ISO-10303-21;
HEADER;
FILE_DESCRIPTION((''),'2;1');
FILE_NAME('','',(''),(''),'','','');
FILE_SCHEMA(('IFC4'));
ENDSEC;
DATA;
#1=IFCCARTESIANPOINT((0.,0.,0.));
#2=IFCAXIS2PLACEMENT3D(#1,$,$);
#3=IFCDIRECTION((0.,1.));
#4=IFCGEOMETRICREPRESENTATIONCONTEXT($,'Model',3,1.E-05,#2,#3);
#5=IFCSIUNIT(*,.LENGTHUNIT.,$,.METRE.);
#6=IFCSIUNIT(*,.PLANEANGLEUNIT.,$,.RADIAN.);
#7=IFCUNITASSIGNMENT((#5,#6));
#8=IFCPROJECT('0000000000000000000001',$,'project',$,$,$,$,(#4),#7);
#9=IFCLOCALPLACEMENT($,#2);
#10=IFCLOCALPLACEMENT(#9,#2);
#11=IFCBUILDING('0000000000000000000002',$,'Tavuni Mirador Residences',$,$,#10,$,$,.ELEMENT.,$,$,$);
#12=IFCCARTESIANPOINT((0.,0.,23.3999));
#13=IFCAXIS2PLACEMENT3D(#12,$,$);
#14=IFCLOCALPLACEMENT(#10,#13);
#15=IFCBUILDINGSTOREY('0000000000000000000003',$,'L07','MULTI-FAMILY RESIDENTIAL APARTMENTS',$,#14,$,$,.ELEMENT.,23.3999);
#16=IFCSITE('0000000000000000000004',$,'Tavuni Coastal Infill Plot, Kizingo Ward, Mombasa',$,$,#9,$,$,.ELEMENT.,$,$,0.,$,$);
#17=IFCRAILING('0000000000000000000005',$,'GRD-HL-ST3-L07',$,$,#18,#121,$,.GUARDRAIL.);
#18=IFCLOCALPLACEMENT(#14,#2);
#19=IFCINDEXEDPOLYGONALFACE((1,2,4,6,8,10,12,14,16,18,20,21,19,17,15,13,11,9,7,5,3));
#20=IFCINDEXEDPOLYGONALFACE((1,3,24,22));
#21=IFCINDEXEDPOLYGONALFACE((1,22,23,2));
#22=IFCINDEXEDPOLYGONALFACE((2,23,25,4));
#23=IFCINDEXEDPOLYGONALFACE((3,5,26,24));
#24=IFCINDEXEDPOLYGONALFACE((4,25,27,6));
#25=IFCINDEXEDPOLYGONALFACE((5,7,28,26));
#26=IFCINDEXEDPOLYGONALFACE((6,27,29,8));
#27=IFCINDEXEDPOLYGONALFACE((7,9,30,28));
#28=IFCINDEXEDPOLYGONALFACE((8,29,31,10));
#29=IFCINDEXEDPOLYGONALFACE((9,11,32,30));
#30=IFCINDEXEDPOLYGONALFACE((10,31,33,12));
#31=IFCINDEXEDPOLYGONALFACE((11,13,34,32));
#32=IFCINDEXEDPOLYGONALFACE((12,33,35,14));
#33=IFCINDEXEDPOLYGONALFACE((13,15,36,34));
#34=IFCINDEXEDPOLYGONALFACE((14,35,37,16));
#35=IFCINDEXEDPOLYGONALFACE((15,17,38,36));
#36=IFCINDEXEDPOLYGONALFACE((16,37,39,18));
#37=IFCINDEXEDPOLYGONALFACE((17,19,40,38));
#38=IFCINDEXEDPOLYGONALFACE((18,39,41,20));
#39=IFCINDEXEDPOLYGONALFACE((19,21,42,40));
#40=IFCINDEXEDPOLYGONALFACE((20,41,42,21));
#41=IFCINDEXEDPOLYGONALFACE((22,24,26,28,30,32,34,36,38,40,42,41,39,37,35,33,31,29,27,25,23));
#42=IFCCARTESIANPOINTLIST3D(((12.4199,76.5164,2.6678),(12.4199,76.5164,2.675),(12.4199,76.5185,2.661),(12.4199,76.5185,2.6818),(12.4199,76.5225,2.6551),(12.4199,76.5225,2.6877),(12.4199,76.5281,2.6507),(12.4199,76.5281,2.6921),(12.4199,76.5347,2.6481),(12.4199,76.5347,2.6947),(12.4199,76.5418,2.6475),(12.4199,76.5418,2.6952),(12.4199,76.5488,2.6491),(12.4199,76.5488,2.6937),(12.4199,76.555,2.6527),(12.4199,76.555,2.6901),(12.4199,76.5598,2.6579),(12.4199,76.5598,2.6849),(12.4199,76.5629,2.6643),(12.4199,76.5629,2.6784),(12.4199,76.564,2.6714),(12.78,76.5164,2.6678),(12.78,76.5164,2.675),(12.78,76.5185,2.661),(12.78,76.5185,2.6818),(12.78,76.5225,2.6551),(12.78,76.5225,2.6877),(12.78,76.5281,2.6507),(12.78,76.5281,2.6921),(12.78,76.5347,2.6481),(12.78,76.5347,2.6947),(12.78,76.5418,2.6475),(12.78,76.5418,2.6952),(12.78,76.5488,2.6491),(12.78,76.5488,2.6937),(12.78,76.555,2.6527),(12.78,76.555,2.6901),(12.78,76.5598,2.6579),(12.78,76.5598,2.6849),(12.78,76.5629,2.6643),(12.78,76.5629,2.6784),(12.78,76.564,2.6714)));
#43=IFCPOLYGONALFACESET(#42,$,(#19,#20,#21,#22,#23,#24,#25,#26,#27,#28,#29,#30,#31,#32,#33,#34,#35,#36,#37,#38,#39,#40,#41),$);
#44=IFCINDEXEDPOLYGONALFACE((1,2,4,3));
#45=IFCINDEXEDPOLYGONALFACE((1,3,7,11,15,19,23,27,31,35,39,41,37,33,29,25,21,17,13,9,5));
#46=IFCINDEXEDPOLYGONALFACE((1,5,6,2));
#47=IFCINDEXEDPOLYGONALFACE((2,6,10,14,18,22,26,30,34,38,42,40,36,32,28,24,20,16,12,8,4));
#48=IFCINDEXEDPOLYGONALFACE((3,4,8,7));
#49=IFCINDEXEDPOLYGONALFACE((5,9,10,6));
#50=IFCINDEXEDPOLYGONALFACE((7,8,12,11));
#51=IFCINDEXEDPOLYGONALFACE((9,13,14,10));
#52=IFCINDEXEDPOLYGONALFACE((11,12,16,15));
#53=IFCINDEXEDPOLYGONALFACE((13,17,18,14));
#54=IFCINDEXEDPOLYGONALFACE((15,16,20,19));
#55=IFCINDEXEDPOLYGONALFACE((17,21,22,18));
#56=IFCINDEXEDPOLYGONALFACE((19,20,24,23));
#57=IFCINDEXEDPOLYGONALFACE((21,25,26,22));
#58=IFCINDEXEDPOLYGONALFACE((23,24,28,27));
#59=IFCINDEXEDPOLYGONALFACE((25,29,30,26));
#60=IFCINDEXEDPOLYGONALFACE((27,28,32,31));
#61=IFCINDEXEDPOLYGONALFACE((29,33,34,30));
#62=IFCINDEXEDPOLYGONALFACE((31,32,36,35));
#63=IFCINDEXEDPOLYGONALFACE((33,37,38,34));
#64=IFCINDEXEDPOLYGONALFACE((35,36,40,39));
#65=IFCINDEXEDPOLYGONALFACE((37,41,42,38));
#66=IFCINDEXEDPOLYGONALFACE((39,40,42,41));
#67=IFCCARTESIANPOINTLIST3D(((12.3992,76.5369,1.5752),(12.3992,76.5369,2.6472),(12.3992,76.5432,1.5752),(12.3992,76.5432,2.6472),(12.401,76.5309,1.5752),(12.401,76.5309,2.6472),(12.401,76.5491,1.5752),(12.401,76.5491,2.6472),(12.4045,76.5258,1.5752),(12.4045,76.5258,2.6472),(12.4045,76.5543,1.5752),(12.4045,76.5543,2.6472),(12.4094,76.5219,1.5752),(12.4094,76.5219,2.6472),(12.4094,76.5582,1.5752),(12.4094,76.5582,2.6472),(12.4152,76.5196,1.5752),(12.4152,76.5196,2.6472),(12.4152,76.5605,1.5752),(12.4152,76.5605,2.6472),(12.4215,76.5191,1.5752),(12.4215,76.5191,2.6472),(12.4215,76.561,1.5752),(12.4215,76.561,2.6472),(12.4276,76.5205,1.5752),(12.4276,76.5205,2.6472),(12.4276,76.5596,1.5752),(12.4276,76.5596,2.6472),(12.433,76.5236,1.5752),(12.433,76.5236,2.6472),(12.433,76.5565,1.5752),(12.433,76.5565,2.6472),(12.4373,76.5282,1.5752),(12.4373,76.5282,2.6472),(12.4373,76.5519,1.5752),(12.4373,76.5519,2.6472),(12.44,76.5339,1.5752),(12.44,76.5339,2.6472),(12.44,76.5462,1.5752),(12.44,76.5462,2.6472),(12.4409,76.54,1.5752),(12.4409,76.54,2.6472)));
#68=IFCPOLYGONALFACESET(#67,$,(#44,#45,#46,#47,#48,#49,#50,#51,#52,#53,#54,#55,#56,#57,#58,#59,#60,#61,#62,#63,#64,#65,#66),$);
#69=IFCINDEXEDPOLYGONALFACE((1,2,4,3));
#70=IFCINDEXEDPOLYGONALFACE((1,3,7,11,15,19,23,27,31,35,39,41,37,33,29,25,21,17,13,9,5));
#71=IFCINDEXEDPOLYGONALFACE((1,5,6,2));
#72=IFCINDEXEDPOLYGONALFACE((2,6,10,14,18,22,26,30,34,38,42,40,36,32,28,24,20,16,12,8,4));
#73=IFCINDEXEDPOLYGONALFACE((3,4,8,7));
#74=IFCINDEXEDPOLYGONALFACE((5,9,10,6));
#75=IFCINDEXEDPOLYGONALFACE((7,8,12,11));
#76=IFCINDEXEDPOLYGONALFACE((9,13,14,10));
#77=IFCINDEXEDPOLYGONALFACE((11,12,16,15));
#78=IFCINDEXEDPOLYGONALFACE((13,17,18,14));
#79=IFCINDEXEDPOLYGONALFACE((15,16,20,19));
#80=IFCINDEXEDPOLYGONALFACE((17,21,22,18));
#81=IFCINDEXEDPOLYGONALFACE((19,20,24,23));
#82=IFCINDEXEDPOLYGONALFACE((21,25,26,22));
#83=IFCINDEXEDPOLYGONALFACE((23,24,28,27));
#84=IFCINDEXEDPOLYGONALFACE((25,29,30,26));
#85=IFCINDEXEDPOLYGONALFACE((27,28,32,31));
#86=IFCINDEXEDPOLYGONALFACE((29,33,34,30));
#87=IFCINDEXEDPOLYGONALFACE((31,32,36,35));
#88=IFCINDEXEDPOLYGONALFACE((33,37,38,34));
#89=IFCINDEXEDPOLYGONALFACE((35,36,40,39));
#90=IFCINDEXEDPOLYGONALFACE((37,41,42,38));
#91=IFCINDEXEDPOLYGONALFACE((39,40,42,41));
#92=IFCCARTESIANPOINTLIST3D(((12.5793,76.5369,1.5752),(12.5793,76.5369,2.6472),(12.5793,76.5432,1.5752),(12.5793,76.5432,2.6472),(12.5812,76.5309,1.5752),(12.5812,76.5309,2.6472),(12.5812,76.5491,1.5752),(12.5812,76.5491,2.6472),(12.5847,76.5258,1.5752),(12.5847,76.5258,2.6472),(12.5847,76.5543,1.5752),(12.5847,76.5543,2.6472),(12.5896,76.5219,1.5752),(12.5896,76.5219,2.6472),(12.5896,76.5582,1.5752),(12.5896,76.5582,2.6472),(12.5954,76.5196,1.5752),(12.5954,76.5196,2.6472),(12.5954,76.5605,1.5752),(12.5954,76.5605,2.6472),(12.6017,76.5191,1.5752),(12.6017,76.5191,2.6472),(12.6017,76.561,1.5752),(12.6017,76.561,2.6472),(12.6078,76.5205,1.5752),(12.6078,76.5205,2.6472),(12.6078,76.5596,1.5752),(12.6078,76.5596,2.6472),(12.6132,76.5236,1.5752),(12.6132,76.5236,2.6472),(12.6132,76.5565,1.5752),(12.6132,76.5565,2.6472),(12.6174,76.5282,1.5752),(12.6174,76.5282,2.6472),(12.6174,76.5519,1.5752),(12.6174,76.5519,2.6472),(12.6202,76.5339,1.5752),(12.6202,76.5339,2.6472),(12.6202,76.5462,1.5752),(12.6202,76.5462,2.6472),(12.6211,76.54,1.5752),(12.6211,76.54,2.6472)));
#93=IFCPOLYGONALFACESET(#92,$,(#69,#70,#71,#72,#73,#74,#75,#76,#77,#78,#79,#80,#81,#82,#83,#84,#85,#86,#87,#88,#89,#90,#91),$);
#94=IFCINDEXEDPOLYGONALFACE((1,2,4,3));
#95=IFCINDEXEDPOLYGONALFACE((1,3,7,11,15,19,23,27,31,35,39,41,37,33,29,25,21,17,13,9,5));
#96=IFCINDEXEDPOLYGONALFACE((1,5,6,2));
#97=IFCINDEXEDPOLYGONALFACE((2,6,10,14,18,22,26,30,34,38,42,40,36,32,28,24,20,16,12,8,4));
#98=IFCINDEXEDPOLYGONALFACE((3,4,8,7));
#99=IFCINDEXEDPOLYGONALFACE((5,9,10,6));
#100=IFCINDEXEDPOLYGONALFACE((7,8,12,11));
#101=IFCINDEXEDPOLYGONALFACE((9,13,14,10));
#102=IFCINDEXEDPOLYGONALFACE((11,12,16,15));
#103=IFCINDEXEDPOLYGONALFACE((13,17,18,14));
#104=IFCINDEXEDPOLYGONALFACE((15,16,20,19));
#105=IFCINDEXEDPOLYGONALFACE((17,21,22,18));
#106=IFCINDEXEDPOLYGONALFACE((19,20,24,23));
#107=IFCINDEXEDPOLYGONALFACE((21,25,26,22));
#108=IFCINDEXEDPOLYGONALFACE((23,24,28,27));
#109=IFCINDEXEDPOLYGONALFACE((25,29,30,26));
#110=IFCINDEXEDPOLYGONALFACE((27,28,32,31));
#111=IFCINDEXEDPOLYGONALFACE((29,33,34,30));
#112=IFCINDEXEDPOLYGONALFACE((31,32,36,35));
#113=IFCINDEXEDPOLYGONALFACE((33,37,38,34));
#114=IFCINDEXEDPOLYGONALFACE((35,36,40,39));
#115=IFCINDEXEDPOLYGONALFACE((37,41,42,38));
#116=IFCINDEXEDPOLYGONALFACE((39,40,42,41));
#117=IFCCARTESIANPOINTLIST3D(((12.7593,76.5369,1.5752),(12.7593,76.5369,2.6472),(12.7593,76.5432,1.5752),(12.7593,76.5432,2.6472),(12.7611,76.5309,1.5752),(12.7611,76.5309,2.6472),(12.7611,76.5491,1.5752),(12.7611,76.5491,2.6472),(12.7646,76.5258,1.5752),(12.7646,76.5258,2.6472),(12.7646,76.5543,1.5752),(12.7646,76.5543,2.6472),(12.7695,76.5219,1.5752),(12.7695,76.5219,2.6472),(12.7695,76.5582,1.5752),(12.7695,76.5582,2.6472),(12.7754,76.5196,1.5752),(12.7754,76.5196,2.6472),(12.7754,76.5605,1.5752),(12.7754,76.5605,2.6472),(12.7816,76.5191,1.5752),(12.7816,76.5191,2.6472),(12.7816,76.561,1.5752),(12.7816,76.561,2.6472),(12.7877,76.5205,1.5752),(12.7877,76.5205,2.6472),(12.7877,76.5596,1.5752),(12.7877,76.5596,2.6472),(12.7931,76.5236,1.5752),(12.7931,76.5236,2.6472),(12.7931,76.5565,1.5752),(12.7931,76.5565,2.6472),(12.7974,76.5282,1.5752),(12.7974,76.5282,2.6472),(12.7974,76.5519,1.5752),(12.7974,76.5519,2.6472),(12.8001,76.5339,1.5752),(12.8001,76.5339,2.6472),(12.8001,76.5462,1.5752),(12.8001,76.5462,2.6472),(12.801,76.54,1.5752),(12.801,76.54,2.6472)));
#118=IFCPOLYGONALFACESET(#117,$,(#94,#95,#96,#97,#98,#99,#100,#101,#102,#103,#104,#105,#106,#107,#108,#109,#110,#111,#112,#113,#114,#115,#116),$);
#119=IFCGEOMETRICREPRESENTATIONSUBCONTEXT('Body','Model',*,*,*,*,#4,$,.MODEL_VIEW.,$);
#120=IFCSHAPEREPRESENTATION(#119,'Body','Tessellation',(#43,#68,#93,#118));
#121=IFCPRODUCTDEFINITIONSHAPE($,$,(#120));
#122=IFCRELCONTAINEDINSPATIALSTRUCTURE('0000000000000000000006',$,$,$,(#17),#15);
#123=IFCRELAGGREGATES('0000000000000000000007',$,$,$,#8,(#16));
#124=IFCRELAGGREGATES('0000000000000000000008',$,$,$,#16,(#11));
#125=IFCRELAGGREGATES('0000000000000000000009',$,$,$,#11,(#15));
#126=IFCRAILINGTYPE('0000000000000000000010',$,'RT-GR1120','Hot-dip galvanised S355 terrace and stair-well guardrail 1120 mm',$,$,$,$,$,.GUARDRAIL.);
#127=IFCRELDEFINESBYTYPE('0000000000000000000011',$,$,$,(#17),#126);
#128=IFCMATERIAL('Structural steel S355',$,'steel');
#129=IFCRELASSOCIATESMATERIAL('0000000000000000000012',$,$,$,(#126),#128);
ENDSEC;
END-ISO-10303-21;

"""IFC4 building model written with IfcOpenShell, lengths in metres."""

from ifc_helpers import new_model, si_unit, direction, frame, origin, origin_2d, place, context, subcontext, project, spatial, circle, extrude, material, type_object, element, save


model = new_model("IFC4")

# Units and contexts
model_context = context("Model", 3, precision=1e-05, world=origin(), true_north=direction((0.0, 1.0)))
body_context = subcontext(model_context, "Body", "Model", "MODEL_VIEW")
ifc_project = project(units=[si_unit("LENGTHUNIT", "METRE"), si_unit("PLANEANGLEUNIT", "RADIAN")], contexts=[model_context])

# Site, building, storey
site_placement = place(None, origin())
site = spatial("IfcSite", under=ifc_project, at=site_placement, Name="Tavuni Coastal Infill Plot, Kizingo Ward, Mombasa", CompositionType="ELEMENT", RefElevation=0.0)
building_placement = place(site_placement, origin())
building = spatial("IfcBuilding", under=site, at=building_placement, Name="Tavuni Mirador Residences", CompositionType="ELEMENT")
storey_placement = place(building_placement, frame((0.0, 0.0, 23.3999)))
storey = spatial("IfcBuildingStorey", under=building, at=storey_placement, Name="L07", Description="MULTI-FAMILY RESIDENTIAL APARTMENTS", CompositionType="ELEMENT", Elevation=23.3999)

# Shared definitions
ifc_material_1 = material(Name="Structural steel S355", Category="steel")

# Railing
railing_type_1 = type_object("IfcRailingType", Name="RT-GR1120", Description="Hot-dip galvanised S355 terrace and stair-well guardrail 1120 mm", PredefinedType="GUARDRAIL", material=ifc_material_1)
railing_1_placement = place(storey_placement, frame((12.4199, 76.54, 1.5752)))
element("IfcRailing", 1, at=railing_1_placement, inside=storey, type_object=railing_type_1, Name="GRD-HL-ST3-L07", PredefinedType="GUARDRAIL", context=body_context, shape_type="SweptSolid", body=[
    extrude(circle(Radius=0.0239, at=origin_2d()), frame((0.0, 0.0, 1.0962), z_axis=(1.0, 0.0, 0.0), x_axis=(0.0, 1.0, 0.0)), (0.0, 0.0, 1.0), 0.3601),
    extrude(circle(Radius=0.021, at=origin_2d()), origin(), (0.0, 0.0, 1.0), 1.072),
    extrude(circle(Radius=0.021, at=origin_2d()), frame((0.1802, 0.0, 0.0)), (0.0, 0.0, 1.0), 1.072),
    extrude(circle(Radius=0.021, at=origin_2d()), frame((0.3601, 0.0, 0.0)), (0.0, 0.0, 1.0), 1.072),
])

save(model, "model.ifc")
